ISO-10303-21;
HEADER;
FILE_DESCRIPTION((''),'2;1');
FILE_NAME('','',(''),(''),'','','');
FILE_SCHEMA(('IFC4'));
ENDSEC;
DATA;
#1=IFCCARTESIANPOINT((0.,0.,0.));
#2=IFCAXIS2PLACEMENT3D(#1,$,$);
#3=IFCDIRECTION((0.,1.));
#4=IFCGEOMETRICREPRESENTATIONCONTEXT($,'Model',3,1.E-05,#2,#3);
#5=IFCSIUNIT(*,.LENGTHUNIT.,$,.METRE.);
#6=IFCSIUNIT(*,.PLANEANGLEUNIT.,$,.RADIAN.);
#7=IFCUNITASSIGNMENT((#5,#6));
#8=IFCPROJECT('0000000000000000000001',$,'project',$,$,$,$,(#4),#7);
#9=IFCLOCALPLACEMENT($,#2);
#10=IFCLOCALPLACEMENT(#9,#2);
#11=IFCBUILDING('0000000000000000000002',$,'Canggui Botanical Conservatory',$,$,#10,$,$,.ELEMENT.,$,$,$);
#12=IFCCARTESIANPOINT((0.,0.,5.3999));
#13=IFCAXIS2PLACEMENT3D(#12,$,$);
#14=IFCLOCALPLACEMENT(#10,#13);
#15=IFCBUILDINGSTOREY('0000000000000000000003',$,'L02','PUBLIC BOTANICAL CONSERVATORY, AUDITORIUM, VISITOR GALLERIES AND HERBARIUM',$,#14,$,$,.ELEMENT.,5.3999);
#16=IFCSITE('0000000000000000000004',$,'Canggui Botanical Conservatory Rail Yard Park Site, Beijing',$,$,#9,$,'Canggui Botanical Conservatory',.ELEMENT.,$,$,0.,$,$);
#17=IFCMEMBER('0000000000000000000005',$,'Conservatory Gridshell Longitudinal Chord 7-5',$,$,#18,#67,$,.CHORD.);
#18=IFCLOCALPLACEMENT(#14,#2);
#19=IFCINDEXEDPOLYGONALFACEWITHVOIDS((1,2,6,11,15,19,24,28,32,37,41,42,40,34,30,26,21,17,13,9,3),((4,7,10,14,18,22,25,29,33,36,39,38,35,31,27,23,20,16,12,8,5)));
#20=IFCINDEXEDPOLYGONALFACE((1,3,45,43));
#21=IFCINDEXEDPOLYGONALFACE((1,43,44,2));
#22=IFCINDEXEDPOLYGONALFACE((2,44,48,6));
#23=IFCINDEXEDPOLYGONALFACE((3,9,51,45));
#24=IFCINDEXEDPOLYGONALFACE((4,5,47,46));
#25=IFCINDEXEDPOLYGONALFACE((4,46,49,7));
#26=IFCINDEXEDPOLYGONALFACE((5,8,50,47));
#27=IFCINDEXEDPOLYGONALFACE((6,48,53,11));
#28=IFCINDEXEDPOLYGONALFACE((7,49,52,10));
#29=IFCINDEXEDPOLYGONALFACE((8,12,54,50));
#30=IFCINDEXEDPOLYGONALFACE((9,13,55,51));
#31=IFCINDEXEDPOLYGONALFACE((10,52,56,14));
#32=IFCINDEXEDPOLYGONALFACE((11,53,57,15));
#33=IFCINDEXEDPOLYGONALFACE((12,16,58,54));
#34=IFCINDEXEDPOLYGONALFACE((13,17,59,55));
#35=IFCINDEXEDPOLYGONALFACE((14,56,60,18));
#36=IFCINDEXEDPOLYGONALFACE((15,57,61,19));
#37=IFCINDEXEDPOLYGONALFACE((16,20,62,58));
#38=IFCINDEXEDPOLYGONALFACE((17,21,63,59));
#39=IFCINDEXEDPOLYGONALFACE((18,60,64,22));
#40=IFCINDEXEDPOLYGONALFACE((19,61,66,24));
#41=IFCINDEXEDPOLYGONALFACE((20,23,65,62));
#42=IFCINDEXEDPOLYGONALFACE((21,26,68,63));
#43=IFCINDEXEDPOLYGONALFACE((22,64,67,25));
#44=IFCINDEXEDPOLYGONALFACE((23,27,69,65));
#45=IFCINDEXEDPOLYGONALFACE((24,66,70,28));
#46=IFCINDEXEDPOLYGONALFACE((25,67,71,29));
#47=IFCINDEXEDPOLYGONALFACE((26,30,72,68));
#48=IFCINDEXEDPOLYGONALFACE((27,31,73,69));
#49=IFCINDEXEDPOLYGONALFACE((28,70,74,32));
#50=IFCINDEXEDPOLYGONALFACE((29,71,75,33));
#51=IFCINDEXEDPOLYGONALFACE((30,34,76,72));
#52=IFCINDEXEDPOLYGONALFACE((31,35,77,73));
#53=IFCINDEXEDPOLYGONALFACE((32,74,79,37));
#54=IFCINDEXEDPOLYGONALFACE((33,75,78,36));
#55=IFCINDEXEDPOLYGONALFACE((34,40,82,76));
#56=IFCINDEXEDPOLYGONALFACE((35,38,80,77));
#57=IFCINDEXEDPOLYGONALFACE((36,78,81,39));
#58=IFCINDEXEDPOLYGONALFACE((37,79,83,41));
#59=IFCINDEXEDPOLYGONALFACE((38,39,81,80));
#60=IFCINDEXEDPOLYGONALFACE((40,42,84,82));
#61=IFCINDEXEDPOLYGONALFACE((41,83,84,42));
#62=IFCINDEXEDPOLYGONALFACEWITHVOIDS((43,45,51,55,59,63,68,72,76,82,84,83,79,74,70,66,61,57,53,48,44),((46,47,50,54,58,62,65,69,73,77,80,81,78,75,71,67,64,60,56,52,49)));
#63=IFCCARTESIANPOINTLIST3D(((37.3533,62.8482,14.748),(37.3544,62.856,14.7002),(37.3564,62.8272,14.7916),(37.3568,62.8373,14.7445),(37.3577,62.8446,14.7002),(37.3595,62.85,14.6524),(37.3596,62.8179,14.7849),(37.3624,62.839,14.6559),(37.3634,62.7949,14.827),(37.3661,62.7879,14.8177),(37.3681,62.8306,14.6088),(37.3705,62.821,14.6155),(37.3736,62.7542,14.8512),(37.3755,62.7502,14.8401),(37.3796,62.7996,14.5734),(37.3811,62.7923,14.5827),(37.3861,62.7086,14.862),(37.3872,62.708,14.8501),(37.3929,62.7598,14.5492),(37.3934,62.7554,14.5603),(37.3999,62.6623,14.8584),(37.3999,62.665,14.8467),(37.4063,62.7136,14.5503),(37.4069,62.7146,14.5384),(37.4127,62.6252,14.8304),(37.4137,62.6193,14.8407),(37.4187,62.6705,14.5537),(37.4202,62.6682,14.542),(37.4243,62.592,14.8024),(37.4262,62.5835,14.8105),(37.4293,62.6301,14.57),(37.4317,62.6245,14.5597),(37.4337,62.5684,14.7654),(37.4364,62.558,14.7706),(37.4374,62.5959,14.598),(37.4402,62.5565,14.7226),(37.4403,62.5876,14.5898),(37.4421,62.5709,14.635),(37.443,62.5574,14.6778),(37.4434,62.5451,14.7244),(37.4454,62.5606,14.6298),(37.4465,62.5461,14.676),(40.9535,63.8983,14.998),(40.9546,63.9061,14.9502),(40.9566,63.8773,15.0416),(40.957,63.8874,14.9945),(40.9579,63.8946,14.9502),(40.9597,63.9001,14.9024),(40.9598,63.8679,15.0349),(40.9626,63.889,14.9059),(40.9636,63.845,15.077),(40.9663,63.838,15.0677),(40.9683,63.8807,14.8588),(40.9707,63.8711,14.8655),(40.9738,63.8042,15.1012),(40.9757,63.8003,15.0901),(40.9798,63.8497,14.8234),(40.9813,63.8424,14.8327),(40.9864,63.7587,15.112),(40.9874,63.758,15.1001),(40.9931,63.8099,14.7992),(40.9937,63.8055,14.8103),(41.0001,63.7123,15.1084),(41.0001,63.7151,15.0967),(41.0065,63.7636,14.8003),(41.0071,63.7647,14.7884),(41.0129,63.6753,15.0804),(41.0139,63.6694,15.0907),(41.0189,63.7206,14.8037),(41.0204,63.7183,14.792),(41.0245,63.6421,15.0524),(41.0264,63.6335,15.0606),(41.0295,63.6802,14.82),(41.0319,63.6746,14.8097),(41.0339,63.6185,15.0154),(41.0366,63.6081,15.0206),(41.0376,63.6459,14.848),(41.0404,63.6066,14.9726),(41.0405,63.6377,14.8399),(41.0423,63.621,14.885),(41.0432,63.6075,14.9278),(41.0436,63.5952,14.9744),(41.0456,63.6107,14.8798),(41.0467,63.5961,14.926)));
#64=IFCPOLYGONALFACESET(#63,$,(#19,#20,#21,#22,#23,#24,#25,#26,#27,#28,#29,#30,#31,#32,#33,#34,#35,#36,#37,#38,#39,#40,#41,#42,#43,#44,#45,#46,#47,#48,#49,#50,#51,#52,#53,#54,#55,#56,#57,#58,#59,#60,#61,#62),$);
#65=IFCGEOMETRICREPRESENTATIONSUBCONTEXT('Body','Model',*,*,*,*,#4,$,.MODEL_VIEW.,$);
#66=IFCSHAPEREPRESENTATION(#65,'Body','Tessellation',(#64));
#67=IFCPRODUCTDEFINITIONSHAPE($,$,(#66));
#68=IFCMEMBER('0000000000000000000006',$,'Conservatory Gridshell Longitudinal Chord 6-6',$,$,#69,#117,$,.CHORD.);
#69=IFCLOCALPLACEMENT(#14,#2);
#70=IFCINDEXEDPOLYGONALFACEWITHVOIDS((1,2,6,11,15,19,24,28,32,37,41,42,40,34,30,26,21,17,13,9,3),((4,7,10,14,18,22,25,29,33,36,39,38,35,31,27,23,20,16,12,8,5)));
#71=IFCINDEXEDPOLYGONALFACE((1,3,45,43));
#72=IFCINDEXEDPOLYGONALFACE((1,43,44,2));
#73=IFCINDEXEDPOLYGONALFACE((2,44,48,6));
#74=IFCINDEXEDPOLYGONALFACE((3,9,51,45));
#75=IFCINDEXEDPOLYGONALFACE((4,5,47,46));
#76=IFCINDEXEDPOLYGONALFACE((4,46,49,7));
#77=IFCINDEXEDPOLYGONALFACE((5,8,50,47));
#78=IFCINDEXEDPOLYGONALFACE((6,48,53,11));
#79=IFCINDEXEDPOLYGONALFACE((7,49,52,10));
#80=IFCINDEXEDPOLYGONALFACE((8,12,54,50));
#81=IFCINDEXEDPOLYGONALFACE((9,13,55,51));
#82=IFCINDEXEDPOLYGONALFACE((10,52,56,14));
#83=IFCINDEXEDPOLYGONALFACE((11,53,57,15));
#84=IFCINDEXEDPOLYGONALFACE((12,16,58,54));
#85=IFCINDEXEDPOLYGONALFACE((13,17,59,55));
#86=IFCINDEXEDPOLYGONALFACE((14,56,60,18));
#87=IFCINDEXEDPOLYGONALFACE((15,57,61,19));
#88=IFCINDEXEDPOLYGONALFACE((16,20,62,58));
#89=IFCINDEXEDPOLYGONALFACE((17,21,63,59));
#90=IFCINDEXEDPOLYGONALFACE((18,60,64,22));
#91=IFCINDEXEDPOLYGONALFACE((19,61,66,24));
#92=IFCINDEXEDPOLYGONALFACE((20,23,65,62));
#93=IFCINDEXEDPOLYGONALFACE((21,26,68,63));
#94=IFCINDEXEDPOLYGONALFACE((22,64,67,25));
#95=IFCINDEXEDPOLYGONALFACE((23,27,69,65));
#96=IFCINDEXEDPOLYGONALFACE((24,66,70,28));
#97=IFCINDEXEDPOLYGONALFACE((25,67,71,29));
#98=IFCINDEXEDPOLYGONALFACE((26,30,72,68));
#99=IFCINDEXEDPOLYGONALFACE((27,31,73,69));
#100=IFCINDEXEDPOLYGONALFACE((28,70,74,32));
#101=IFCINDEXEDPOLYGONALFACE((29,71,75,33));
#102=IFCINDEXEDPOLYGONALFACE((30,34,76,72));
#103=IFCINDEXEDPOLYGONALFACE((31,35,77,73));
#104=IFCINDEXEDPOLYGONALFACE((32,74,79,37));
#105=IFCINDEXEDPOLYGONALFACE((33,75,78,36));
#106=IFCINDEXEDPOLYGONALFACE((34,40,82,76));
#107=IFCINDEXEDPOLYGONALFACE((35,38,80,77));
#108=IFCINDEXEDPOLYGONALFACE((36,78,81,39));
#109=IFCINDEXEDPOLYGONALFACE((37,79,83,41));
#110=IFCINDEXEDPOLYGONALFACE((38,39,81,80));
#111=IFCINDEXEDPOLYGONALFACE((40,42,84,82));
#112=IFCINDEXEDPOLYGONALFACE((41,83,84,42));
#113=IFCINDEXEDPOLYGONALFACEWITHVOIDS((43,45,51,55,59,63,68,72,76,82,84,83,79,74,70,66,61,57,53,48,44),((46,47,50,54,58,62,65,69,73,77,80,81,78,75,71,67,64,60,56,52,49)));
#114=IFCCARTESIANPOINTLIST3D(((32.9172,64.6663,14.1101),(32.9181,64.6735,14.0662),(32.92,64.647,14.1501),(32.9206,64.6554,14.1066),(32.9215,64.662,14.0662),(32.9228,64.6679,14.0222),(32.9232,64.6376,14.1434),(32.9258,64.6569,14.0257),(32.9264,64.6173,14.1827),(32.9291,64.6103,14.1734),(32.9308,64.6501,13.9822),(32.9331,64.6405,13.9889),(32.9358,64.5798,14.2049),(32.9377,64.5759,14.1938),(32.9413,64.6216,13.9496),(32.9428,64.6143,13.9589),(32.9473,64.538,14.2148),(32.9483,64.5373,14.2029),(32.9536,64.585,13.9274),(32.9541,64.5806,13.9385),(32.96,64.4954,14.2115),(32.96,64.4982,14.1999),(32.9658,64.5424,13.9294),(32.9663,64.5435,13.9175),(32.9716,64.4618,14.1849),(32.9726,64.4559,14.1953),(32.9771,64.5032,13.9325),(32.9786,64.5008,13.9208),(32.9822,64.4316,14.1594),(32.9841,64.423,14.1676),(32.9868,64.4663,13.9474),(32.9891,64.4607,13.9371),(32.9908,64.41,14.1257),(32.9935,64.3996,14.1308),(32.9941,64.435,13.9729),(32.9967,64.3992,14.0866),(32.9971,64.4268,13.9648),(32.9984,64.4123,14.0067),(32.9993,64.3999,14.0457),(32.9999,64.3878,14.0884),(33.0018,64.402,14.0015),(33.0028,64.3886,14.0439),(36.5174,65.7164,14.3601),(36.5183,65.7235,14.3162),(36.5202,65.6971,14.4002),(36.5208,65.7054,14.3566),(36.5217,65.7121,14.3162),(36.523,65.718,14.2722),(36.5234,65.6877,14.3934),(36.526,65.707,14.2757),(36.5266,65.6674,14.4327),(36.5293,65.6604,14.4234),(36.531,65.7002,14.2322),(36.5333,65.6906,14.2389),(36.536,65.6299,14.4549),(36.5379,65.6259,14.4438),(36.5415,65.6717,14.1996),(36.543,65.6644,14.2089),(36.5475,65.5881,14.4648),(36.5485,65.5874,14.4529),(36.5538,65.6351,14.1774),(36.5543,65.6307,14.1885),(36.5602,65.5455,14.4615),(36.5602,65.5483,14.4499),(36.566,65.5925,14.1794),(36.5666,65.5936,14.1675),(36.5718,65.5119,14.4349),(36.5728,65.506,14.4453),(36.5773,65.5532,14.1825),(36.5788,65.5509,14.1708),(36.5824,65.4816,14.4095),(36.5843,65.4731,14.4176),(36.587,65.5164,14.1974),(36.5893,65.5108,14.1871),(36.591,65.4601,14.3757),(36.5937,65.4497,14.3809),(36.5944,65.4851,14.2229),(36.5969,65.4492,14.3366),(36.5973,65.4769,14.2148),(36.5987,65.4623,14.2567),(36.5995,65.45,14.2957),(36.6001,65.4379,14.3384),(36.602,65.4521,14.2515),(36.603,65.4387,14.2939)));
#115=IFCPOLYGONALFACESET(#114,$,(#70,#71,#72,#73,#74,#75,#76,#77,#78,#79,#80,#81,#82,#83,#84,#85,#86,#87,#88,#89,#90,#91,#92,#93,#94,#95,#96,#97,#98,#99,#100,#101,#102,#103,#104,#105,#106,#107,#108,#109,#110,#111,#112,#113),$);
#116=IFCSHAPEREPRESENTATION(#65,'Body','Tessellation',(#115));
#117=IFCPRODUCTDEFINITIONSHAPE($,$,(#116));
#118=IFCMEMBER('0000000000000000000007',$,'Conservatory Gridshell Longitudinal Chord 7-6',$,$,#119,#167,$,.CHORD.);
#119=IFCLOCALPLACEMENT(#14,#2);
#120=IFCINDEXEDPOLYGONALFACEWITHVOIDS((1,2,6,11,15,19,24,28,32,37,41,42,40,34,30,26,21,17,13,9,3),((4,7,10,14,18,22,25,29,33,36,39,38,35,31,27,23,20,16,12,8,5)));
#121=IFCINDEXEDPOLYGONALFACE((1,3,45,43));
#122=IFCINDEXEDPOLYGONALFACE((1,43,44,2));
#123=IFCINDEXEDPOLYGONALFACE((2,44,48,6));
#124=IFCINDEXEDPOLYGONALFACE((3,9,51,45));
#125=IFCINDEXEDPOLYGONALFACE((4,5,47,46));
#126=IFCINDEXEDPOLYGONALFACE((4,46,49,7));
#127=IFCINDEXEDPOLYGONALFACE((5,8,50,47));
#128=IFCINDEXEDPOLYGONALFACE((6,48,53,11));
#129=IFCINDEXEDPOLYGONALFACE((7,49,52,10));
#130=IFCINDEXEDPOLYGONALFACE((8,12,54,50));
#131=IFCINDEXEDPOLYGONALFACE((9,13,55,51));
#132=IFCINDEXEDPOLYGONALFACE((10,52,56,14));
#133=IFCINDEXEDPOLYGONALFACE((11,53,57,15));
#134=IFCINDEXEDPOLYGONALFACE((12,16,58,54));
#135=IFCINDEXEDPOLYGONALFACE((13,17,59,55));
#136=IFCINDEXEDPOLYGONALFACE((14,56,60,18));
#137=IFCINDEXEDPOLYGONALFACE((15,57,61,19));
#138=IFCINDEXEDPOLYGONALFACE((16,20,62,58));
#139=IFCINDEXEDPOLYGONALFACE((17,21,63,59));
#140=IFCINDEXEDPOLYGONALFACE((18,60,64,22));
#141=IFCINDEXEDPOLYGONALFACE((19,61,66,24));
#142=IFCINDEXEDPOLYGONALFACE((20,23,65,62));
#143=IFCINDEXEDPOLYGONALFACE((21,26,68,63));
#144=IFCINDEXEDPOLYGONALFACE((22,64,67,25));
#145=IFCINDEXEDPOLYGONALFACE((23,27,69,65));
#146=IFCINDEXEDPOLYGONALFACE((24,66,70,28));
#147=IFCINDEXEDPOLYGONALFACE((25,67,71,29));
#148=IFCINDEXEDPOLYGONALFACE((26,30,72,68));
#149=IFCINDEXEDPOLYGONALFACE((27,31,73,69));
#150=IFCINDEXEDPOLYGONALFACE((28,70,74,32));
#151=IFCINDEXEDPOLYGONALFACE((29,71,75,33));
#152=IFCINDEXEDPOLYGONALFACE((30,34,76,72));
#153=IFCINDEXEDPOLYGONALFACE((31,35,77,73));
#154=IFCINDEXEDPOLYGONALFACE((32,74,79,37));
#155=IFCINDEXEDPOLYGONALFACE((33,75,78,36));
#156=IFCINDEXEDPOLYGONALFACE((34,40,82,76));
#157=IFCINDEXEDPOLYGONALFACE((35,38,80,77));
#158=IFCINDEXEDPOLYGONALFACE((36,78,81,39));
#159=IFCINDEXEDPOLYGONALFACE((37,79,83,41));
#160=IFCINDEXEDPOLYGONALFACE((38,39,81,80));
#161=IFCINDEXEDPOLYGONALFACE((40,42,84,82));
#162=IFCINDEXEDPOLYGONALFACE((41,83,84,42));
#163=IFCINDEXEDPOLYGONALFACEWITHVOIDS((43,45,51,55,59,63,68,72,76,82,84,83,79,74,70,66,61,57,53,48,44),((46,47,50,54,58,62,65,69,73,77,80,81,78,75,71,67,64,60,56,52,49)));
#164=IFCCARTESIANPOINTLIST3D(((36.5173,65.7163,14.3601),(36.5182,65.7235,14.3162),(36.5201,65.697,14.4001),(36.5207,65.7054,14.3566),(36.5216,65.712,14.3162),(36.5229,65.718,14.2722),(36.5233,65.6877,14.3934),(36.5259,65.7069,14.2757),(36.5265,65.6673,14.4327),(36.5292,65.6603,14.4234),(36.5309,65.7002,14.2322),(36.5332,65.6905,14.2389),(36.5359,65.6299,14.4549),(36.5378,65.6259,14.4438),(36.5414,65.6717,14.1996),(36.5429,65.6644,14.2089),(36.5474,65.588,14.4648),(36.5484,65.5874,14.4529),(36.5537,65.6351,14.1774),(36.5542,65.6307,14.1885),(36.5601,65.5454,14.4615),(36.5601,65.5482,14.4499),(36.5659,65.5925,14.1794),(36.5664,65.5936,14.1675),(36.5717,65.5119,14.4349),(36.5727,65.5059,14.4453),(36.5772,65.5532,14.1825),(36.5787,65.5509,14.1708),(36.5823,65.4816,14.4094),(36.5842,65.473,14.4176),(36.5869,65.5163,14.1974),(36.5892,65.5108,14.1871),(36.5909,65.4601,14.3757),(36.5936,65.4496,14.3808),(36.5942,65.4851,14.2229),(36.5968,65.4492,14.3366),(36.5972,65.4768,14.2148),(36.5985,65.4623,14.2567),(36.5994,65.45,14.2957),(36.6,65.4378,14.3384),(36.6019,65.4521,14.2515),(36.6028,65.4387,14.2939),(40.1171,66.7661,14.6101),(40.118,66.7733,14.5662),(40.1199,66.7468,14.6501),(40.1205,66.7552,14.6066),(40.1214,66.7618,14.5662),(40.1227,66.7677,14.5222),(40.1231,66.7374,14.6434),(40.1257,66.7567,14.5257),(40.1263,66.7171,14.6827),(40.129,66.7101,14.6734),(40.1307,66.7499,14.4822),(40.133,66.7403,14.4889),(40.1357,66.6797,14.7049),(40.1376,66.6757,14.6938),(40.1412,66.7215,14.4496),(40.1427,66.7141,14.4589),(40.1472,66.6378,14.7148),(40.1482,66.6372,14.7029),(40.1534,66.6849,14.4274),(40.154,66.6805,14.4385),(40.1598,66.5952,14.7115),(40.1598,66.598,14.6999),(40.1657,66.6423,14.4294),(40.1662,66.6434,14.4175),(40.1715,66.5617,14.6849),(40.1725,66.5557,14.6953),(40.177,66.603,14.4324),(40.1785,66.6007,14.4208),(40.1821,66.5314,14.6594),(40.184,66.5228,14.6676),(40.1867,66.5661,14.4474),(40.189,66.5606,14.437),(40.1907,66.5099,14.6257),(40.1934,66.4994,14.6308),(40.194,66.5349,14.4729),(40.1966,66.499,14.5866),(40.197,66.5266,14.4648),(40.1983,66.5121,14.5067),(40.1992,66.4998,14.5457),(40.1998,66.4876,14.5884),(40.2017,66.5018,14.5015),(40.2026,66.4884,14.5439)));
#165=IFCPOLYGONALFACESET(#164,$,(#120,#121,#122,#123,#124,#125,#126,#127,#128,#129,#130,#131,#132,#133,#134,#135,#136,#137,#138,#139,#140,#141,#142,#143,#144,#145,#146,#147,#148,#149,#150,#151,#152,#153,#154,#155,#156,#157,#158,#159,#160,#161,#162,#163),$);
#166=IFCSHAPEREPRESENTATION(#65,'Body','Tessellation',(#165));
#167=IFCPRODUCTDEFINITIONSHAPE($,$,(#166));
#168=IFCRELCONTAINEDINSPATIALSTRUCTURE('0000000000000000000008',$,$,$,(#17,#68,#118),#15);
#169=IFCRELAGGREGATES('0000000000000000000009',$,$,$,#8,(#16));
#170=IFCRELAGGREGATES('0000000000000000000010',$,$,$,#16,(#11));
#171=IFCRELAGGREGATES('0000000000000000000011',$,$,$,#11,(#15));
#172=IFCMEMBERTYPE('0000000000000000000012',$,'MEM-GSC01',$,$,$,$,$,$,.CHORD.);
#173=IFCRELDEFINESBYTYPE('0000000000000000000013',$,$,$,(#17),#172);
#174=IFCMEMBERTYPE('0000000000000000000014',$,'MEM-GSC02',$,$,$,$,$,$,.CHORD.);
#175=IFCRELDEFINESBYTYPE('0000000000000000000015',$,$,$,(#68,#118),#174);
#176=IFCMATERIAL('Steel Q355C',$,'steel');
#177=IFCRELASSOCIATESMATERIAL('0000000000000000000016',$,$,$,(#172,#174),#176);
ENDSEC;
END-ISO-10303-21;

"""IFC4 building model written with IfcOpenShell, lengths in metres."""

from ifc_helpers import new_model, si_unit, direction, frame, origin, origin_2d, place, context, subcontext, project, spatial, hollow_circle, extrude, material, material_profile, profile_set, type_object, element, save


model = new_model("IFC4")

# Units and contexts
model_context = context("Model", 3, precision=1e-05, world=origin(), true_north=direction((0.0, 1.0)))
body_context = subcontext(model_context, "Body", "Model", "MODEL_VIEW")
ifc_project = project(units=[si_unit("LENGTHUNIT", "METRE"), si_unit("PLANEANGLEUNIT", "RADIAN")], contexts=[model_context])

# Site, building, storey
site_placement = place(None, origin())
site = spatial("IfcSite", under=ifc_project, at=site_placement, Name="Canggui Botanical Conservatory Rail Yard Park Site, Beijing", LongName="Canggui Botanical Conservatory", CompositionType="ELEMENT", RefElevation=0.0)
building_placement = place(site_placement, origin())
building = spatial("IfcBuilding", under=site, at=building_placement, Name="Canggui Botanical Conservatory", CompositionType="ELEMENT")
storey_placement = place(building_placement, frame((0.0, 0.0, 5.3999)))
storey = spatial("IfcBuildingStorey", under=building, at=storey_placement, Name="L02", Description="PUBLIC BOTANICAL CONSERVATORY, AUDITORIUM, VISITOR GALLERIES AND HERBARIUM", CompositionType="ELEMENT", Elevation=5.3999)

# Shared definitions
ifc_material_1 = material(Name="Steel Q355C", Category="steel")

# Members
ifc_material_profile_1 = material_profile(ifc_material_1, hollow_circle(Radius=0.1626, WallThickness=0.012, at=origin_2d()), Name="CHS 325x12")
ifc_profile_set_1 = profile_set([ifc_material_profile_1], Name="Steel Q355C")
member_type_1 = type_object("IfcMemberType", Name="MEM-GSC01", PredefinedType="CHORD", material=ifc_profile_set_1)
member_1_placement = place(storey_placement, frame((37.3999, 62.7, 14.7002), z_axis=(0.957872, 0.279385, 0.066517), x_axis=(-0.280005, 0.959999, 0.0)))
element("IfcMember", 1, at=member_1_placement, inside=storey, type_object=member_type_1, Name="Conservatory Gridshell Longitudinal Chord 7-5", PredefinedType="CHORD", context=body_context, shape_type="SweptSolid", body=[
    extrude(hollow_circle(Radius=0.1626, WallThickness=0.012, at=origin_2d()), origin(), (0.0, 0.0, 1.0), 3.7585),
])
ifc_material_profile_2 = material_profile(ifc_material_1, hollow_circle(Radius=0.1494, WallThickness=0.012, at=origin_2d()), Name="CHS 299x12")
ifc_profile_set_2 = profile_set([ifc_material_profile_2], Name="Steel Q355C")
member_type_2 = type_object("IfcMemberType", Name="MEM-GSC02", PredefinedType="CHORD", material=ifc_profile_set_2)
member_2_placement = place(storey_placement, frame((32.96, 64.53, 14.0662), z_axis=(0.957872, 0.279385, 0.066517), x_axis=(-0.280005, 0.959999, 0.0)))
element("IfcMember", 2, at=member_2_placement, inside=storey, type_object=member_type_2, Name="Conservatory Gridshell Longitudinal Chord 6-6", PredefinedType="CHORD", context=body_context, shape_type="SweptSolid", body=[
    extrude(hollow_circle(Radius=0.1494, WallThickness=0.012, at=origin_2d()), origin(), (0.0, 0.0, 1.0), 3.7585),
])
member_3_placement = place(storey_placement, frame((36.5601, 65.5801, 14.3162), z_axis=(0.957884, 0.279342, 0.066522), x_axis=(-0.279962, 0.960011, 0.0)))
element("IfcMember", 3, at=member_3_placement, inside=storey, type_object=member_type_2, Name="Conservatory Gridshell Longitudinal Chord 7-6", PredefinedType="CHORD", context=body_context, shape_type="SweptSolid", body=[
    extrude(hollow_circle(Radius=0.1494, WallThickness=0.012, at=origin_2d()), origin(), (0.0, 0.0, 1.0), 3.7581),
])

save(model, "model.ifc")
